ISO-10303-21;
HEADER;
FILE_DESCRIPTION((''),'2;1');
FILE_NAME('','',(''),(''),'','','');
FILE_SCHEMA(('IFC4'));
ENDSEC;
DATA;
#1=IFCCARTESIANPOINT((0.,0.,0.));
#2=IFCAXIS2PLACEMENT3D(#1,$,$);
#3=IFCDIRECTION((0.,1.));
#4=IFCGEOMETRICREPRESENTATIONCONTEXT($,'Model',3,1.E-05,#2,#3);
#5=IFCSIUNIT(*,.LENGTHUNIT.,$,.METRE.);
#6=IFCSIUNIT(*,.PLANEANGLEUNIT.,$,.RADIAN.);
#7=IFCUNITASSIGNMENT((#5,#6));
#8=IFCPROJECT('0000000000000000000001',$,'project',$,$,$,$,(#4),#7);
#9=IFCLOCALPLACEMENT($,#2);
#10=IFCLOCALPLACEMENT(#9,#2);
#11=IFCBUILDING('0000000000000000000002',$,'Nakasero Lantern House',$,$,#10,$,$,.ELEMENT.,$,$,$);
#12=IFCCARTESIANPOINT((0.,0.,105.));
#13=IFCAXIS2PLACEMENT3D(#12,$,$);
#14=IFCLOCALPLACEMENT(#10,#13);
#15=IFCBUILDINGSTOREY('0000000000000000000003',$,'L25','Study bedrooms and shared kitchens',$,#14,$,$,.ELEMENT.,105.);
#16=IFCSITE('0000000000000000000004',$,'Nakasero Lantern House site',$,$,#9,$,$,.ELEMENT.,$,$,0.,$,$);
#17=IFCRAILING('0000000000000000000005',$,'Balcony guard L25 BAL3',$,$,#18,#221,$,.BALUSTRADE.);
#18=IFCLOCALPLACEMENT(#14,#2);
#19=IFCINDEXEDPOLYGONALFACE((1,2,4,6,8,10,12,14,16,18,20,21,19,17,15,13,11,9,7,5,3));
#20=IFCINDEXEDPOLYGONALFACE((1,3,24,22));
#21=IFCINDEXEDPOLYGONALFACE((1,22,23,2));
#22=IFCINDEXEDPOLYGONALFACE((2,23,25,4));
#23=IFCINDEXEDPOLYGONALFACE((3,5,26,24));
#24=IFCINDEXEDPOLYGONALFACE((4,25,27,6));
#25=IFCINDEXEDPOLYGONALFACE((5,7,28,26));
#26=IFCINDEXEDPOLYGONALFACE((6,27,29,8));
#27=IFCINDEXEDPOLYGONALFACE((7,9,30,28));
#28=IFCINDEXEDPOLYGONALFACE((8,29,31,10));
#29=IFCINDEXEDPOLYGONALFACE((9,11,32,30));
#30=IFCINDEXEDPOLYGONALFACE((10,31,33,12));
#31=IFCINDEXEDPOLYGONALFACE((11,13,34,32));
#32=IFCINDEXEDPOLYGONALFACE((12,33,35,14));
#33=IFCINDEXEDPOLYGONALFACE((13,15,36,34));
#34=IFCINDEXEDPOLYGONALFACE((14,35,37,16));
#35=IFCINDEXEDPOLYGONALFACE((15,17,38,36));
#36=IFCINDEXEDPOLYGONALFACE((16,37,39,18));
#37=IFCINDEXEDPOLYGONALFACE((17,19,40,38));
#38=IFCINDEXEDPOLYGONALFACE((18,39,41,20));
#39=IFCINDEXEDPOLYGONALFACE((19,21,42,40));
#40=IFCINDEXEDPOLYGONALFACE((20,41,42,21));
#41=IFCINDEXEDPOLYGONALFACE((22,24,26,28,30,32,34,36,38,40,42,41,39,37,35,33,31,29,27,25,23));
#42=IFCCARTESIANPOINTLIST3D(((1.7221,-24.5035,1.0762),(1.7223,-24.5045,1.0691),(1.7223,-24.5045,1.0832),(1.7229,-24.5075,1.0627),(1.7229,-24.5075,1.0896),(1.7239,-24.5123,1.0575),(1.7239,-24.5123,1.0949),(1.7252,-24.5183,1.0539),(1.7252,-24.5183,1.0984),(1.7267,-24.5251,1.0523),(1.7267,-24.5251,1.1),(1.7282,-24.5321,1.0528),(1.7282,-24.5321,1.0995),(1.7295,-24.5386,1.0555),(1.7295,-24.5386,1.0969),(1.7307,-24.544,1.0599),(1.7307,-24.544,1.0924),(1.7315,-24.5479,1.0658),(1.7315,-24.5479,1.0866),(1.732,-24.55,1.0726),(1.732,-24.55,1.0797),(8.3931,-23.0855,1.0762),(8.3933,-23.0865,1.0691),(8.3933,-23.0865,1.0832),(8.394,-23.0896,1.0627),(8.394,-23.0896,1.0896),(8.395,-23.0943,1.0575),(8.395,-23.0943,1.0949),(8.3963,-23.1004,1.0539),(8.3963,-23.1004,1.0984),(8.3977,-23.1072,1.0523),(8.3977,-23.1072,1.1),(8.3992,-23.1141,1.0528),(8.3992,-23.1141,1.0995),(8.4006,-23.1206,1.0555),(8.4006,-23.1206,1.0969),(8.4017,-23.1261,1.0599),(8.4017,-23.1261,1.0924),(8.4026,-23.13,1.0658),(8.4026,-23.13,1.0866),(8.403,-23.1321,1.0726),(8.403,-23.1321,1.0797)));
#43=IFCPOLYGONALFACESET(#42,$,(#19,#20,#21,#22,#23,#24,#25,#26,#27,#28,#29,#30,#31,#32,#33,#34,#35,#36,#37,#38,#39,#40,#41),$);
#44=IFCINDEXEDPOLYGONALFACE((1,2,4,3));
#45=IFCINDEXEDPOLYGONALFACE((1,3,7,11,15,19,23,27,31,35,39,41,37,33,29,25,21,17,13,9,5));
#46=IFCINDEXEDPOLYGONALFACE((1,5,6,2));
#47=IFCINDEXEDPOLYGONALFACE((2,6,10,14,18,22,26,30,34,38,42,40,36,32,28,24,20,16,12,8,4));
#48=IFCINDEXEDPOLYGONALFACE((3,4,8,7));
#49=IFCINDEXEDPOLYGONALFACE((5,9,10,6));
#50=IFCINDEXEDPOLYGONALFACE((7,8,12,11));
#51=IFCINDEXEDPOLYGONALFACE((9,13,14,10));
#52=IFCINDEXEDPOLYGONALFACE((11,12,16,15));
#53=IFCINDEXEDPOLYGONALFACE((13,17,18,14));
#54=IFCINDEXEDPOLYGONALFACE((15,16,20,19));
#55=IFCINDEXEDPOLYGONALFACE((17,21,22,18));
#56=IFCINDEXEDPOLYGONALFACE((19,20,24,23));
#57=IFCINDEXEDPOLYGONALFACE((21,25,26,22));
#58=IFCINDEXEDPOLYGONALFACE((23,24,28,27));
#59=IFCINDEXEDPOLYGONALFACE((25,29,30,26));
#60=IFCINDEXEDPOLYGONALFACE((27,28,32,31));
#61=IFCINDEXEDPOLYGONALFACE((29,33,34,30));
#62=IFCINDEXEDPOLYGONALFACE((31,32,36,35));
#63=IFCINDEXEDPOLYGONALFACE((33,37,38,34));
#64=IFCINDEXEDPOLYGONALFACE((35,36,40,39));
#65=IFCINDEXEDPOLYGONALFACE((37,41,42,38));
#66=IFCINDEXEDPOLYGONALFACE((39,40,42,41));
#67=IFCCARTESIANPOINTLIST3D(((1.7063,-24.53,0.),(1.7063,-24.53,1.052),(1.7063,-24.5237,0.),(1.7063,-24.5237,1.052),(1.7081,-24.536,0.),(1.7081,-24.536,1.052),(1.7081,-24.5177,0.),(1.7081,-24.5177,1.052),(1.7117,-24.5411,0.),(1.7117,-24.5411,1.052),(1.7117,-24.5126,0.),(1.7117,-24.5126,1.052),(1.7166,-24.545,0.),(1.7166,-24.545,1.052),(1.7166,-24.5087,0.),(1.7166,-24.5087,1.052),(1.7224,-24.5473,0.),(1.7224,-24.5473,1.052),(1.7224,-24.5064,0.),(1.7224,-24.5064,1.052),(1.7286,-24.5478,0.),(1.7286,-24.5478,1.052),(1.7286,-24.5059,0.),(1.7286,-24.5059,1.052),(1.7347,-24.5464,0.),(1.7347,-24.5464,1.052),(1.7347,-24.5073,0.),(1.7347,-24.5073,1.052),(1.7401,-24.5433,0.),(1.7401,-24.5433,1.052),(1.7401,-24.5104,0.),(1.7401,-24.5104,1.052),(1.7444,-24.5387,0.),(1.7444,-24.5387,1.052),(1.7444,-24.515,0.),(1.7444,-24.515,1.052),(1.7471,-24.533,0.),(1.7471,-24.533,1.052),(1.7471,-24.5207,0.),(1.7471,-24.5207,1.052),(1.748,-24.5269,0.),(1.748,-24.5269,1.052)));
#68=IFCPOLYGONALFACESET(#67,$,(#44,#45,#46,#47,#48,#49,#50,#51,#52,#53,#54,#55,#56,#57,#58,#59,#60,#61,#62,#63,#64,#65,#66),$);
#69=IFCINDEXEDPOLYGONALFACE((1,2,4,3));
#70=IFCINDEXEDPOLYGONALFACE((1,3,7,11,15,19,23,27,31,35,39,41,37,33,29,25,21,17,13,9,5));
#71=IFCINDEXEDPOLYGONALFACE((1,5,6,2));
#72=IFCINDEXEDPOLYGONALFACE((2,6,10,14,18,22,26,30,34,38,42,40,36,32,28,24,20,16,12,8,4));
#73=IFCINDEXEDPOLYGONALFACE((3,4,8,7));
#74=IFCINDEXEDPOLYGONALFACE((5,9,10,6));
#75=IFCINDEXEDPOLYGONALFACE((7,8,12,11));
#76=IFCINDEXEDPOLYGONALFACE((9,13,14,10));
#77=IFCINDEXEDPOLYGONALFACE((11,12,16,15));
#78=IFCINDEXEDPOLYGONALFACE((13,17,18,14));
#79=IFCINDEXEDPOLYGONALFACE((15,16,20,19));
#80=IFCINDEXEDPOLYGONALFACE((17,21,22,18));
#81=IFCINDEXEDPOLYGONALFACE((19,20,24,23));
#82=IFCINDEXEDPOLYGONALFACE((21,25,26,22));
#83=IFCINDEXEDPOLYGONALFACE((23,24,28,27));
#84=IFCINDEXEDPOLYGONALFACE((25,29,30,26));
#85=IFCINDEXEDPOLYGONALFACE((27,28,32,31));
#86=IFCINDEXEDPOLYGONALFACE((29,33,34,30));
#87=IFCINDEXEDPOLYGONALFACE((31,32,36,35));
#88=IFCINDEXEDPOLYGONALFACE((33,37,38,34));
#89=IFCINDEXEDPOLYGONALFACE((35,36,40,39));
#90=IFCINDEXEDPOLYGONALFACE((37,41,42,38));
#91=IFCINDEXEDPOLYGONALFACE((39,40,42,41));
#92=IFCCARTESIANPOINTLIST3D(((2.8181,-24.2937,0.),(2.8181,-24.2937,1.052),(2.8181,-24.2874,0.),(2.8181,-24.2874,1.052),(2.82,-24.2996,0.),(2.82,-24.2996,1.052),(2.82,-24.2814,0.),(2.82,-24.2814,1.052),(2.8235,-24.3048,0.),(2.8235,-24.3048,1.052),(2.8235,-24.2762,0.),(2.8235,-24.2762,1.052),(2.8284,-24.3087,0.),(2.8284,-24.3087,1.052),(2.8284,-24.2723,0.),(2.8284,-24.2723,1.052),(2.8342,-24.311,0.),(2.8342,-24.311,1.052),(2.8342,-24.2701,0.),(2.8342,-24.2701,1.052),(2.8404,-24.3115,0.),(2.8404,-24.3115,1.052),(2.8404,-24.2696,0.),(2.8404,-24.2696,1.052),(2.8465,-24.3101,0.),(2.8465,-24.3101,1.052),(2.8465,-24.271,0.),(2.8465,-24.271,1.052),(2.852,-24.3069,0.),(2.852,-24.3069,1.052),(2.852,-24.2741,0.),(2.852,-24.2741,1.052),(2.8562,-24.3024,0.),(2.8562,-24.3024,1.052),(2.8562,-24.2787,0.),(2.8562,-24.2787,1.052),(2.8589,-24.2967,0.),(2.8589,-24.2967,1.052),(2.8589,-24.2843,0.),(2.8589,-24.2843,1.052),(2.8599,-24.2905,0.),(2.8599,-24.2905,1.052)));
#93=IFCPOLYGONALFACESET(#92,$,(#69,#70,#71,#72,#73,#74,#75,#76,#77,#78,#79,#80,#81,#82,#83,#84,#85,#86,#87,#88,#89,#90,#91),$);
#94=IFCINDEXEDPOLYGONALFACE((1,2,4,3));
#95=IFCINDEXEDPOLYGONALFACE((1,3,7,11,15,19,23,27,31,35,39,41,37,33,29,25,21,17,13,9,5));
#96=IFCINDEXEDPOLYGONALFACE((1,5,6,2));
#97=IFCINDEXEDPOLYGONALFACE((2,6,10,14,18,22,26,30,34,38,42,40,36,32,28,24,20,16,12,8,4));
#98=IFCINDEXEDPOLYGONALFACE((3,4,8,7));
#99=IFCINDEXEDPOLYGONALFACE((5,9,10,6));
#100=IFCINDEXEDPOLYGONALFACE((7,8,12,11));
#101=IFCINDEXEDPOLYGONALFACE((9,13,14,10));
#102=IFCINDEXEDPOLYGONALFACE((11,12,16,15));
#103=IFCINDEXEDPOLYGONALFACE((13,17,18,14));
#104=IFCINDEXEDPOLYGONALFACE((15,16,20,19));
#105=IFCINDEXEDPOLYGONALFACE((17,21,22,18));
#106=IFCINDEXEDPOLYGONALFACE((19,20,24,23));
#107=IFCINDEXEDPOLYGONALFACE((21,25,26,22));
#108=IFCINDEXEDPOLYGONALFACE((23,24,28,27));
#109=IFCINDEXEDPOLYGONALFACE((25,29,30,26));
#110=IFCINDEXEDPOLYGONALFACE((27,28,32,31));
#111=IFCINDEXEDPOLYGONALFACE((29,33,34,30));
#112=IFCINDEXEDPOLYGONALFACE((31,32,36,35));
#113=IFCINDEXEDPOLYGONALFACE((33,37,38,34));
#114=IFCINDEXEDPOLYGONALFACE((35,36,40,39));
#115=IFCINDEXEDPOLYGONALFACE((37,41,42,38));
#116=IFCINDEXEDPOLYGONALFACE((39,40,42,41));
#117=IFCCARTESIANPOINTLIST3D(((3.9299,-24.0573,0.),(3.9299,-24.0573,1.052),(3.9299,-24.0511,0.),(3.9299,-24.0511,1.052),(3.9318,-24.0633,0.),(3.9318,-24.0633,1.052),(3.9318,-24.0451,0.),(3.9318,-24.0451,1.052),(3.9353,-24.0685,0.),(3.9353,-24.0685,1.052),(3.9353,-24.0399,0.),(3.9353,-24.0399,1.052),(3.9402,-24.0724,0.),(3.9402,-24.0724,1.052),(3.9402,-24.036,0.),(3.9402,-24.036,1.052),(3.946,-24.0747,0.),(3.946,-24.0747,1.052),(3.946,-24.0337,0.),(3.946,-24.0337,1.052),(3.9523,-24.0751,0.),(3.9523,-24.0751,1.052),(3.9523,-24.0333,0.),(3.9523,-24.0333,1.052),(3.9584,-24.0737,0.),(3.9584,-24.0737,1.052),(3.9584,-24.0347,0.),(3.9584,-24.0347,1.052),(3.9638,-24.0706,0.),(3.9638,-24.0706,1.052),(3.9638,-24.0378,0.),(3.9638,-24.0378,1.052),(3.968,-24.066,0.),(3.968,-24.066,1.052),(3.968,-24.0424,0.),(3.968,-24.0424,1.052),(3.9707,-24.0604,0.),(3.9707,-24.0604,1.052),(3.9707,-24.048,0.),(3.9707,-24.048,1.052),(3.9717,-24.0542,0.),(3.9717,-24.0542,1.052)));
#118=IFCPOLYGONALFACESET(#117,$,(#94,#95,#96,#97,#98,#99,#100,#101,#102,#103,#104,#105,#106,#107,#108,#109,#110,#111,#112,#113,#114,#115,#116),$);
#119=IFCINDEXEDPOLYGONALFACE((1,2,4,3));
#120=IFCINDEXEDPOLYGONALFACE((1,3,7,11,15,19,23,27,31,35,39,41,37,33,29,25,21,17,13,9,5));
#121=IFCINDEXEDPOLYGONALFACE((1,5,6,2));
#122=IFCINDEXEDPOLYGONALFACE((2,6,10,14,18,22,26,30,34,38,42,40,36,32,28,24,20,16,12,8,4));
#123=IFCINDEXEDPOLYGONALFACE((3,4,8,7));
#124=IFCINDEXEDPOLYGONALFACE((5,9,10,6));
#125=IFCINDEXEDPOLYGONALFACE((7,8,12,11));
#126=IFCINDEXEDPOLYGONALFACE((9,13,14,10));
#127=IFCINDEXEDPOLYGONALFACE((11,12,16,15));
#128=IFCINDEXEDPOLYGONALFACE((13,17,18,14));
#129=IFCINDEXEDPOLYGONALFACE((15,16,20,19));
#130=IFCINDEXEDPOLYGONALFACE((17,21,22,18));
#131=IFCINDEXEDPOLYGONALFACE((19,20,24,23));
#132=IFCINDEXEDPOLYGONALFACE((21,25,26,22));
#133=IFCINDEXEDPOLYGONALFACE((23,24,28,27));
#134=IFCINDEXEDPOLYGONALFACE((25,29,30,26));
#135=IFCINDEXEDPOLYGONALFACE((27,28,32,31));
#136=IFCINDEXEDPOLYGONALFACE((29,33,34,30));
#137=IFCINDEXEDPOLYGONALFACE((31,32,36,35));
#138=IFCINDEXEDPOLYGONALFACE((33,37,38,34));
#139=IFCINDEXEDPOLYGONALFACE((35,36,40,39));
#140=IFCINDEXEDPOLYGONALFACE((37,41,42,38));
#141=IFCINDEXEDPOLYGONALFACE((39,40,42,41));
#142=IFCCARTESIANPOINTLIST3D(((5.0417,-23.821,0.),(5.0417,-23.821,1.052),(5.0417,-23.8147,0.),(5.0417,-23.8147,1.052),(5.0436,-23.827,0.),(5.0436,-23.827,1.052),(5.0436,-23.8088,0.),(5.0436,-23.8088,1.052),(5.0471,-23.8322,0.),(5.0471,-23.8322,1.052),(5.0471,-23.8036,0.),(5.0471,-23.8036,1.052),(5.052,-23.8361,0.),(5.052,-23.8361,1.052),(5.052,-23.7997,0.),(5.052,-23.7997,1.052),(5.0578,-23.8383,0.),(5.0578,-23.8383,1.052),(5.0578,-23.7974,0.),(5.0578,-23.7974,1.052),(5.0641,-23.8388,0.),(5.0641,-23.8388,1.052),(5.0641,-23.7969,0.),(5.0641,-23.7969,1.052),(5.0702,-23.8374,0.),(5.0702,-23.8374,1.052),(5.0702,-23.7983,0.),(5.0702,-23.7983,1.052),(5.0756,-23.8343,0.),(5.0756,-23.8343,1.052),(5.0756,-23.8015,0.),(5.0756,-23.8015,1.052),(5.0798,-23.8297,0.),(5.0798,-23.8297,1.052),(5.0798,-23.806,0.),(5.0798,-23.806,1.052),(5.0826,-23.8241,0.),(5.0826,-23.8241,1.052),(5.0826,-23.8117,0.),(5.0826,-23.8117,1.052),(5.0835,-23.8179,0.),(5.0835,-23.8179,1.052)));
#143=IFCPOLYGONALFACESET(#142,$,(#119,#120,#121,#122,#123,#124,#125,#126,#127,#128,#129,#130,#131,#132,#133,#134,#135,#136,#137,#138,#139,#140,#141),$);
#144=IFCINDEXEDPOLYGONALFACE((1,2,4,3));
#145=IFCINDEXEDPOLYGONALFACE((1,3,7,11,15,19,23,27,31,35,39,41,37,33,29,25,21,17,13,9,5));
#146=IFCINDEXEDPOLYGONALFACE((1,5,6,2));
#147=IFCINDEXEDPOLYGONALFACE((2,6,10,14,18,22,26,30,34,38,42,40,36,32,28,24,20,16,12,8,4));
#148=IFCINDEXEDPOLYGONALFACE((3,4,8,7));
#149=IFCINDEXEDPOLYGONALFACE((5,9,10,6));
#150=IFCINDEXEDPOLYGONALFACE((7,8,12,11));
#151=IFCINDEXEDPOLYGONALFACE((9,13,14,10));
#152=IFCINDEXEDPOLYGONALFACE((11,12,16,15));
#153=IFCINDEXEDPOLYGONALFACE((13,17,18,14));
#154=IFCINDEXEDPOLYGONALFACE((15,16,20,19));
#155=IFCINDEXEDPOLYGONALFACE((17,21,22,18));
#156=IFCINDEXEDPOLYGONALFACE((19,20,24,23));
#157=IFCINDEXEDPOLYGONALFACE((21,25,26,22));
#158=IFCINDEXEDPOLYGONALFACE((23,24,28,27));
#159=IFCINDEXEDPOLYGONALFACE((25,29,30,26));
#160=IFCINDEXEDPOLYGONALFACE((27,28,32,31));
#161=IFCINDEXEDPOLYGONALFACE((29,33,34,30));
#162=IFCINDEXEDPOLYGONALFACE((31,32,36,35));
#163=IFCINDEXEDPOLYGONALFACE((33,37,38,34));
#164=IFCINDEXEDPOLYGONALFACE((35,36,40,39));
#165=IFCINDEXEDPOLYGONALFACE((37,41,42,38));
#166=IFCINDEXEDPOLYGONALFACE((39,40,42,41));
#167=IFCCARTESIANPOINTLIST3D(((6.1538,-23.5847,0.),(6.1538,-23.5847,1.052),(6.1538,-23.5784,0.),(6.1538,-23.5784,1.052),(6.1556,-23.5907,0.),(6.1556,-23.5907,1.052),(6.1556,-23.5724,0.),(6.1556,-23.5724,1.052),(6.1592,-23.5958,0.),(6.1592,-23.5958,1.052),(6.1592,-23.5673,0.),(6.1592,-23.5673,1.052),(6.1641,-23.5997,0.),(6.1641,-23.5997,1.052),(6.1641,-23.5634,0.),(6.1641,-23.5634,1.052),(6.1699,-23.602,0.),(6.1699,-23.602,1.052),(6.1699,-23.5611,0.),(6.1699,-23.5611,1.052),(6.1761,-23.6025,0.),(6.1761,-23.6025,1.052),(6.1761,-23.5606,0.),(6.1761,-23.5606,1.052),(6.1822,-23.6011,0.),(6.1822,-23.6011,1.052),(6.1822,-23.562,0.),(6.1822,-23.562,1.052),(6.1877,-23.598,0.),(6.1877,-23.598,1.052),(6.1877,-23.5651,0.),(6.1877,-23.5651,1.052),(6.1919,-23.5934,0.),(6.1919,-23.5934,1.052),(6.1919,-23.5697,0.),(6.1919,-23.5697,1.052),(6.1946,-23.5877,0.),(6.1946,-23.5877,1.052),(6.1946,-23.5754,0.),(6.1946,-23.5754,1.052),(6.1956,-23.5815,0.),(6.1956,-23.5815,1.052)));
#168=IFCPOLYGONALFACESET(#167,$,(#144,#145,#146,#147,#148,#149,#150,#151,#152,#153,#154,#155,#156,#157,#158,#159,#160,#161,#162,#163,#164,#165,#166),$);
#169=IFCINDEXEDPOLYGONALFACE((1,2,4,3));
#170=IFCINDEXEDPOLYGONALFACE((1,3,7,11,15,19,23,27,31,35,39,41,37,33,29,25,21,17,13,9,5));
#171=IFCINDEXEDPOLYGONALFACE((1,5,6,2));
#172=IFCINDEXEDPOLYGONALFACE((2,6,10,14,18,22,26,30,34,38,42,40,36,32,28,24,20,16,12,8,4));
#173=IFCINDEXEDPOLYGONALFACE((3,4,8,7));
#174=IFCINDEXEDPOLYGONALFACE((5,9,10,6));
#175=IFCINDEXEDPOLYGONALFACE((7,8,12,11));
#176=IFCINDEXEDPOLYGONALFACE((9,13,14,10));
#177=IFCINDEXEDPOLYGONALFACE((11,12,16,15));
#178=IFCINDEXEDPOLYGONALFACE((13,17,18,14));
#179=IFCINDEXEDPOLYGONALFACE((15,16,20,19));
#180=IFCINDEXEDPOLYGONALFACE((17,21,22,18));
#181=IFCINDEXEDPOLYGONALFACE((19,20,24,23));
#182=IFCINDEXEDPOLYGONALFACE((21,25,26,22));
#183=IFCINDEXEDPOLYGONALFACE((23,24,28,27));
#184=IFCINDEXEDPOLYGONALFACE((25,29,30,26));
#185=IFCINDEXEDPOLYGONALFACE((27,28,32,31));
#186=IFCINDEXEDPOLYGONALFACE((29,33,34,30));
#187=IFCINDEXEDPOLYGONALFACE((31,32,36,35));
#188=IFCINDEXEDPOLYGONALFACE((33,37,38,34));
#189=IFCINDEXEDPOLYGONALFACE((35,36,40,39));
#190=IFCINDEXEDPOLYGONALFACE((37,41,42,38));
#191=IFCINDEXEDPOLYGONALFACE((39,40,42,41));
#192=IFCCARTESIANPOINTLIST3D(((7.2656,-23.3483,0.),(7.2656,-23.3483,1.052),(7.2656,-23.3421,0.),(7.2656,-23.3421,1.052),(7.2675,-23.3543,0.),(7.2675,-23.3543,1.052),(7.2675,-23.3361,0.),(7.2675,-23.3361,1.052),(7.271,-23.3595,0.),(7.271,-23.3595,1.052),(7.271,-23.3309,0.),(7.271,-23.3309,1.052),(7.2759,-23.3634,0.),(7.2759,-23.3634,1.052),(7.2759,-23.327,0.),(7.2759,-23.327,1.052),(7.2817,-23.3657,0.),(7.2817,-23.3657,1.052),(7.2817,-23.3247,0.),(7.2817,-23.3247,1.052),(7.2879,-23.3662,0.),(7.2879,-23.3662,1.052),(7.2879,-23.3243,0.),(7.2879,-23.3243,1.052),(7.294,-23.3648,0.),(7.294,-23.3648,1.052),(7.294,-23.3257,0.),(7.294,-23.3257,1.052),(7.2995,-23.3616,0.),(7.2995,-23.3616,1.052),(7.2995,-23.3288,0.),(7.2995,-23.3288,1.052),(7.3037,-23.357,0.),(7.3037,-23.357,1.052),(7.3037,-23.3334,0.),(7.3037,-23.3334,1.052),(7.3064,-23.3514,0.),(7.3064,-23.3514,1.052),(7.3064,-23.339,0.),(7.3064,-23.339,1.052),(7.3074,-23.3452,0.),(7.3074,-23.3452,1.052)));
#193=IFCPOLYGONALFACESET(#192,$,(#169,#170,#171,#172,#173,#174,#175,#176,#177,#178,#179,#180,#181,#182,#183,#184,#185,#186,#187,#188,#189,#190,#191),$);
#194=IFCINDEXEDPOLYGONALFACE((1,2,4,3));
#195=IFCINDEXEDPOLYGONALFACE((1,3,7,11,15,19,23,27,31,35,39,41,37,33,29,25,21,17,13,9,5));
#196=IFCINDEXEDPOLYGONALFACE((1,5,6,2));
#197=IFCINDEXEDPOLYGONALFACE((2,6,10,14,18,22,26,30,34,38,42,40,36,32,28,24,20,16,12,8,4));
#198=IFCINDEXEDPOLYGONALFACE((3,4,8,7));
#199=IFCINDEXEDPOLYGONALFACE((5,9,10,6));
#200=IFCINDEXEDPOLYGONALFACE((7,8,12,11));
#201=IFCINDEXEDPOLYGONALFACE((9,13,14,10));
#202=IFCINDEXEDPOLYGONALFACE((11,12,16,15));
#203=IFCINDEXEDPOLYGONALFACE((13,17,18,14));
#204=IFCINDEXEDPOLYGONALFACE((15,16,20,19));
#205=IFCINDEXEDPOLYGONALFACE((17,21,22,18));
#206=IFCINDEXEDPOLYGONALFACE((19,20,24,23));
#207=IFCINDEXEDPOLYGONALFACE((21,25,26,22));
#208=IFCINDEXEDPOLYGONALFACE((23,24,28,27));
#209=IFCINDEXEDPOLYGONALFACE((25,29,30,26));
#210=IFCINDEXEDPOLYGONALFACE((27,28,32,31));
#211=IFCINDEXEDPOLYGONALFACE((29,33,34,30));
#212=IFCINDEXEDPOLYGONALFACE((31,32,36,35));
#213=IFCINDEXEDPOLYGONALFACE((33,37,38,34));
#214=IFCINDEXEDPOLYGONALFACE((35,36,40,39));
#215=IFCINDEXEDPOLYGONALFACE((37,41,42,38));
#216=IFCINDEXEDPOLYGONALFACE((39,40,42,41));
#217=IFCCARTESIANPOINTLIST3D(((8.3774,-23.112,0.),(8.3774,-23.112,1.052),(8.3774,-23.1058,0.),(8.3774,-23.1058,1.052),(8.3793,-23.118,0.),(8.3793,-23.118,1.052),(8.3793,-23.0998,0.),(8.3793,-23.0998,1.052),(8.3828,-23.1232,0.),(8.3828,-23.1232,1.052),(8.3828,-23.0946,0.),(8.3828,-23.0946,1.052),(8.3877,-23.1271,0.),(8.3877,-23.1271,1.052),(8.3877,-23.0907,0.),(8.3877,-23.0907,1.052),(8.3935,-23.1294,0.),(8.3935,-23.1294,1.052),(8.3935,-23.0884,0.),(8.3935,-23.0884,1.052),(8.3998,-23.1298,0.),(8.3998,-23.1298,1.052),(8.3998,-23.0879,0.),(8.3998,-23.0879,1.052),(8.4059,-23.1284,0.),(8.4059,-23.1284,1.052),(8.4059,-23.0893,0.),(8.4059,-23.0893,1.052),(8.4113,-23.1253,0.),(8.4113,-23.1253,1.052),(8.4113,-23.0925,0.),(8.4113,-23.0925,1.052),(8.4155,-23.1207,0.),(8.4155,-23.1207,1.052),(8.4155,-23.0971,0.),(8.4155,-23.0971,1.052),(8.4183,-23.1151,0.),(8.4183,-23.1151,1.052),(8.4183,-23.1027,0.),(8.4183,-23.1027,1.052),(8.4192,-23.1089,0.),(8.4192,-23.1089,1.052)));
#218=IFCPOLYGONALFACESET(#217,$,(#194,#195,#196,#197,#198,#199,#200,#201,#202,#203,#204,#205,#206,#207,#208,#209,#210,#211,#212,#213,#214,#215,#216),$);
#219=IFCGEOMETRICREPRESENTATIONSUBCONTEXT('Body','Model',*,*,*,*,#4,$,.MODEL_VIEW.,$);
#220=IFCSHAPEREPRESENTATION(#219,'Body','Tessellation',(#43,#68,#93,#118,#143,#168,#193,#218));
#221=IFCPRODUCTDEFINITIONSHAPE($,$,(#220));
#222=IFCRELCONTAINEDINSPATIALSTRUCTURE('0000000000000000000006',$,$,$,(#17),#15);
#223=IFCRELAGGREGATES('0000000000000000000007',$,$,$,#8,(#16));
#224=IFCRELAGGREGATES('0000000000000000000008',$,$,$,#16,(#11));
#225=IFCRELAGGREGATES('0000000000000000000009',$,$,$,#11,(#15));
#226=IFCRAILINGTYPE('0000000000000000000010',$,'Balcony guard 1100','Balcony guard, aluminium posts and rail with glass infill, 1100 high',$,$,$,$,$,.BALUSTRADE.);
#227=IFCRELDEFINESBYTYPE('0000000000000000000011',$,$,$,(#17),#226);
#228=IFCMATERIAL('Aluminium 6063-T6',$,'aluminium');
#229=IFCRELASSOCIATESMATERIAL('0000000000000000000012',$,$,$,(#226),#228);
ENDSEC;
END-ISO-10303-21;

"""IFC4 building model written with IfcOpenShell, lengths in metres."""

from ifc_helpers import new_model, si_unit, direction, frame, origin, origin_2d, place, context, subcontext, project, spatial, circle, extrude, material, type_object, element, save


model = new_model("IFC4")

# Units and contexts
model_context = context("Model", 3, precision=1e-05, world=origin(), true_north=direction((0.0, 1.0)))
body_context = subcontext(model_context, "Body", "Model", "MODEL_VIEW")
ifc_project = project(units=[si_unit("LENGTHUNIT", "METRE"), si_unit("PLANEANGLEUNIT", "RADIAN")], contexts=[model_context])

# Site, building, storey
site_placement = place(None, origin())
site = spatial("IfcSite", under=ifc_project, at=site_placement, Name="Nakasero Lantern House site", CompositionType="ELEMENT", RefElevation=0.0)
building_placement = place(site_placement, origin())
building = spatial("IfcBuilding", under=site, at=building_placement, Name="Nakasero Lantern House", CompositionType="ELEMENT")
storey_placement = place(building_placement, frame((0.0, 0.0, 105.0)))
storey = spatial("IfcBuildingStorey", under=building, at=storey_placement, Name="L25", Description="Study bedrooms and shared kitchens", CompositionType="ELEMENT", Elevation=105.0)

# Railing
ifc_material_1 = material(Name="Aluminium 6063-T6", Category="aluminium")
railing_type = type_object("IfcRailingType", Name="Balcony guard 1100", Description="Balcony guard, aluminium posts and rail with glass infill, 1100 high", PredefinedType="BALUSTRADE", material=ifc_material_1)
railing_placement = place(storey_placement, frame((1.7271, -24.5269, 0.0)))
element("IfcRailing", 1, at=railing_placement, inside=storey, type_object=railing_type, Name="Balcony guard L25 BAL3", PredefinedType="BALUSTRADE", context=body_context, shape_type="SweptSolid", body=[
    extrude(circle(Radius=0.0239, at=origin_2d()), frame((0.0, 0.0, 1.0762), z_axis=(0.978148, 0.207908, 0.0), x_axis=(-0.207908, 0.978148, 0.0)), (0.0, 0.0, 1.0), 6.8201),
    extrude(circle(Radius=0.021, at=origin_2d()), origin(), (0.0, 0.0, 1.0), 1.052),
    extrude(circle(Radius=0.021, at=origin_2d()), frame((1.1118, 0.2363, 0.0)), (0.0, 0.0, 1.0), 1.052),
    extrude(circle(Radius=0.021, at=origin_2d()), frame((2.2236, 0.4727, 0.0)), (0.0, 0.0, 1.0), 1.052),
    extrude(circle(Radius=0.021, at=origin_2d()), frame((3.3354, 0.709, 0.0)), (0.0, 0.0, 1.0), 1.052),
    extrude(circle(Radius=0.021, at=origin_2d()), frame((4.4475, 0.9453, 0.0)), (0.0, 0.0, 1.0), 1.052),
    extrude(circle(Radius=0.021, at=origin_2d()), frame((5.5593, 1.1816, 0.0)), (0.0, 0.0, 1.0), 1.052),
    extrude(circle(Radius=0.021, at=origin_2d()), frame((6.6711, 1.418, 0.0)), (0.0, 0.0, 1.0), 1.052),
])

save(model, "model.ifc")
